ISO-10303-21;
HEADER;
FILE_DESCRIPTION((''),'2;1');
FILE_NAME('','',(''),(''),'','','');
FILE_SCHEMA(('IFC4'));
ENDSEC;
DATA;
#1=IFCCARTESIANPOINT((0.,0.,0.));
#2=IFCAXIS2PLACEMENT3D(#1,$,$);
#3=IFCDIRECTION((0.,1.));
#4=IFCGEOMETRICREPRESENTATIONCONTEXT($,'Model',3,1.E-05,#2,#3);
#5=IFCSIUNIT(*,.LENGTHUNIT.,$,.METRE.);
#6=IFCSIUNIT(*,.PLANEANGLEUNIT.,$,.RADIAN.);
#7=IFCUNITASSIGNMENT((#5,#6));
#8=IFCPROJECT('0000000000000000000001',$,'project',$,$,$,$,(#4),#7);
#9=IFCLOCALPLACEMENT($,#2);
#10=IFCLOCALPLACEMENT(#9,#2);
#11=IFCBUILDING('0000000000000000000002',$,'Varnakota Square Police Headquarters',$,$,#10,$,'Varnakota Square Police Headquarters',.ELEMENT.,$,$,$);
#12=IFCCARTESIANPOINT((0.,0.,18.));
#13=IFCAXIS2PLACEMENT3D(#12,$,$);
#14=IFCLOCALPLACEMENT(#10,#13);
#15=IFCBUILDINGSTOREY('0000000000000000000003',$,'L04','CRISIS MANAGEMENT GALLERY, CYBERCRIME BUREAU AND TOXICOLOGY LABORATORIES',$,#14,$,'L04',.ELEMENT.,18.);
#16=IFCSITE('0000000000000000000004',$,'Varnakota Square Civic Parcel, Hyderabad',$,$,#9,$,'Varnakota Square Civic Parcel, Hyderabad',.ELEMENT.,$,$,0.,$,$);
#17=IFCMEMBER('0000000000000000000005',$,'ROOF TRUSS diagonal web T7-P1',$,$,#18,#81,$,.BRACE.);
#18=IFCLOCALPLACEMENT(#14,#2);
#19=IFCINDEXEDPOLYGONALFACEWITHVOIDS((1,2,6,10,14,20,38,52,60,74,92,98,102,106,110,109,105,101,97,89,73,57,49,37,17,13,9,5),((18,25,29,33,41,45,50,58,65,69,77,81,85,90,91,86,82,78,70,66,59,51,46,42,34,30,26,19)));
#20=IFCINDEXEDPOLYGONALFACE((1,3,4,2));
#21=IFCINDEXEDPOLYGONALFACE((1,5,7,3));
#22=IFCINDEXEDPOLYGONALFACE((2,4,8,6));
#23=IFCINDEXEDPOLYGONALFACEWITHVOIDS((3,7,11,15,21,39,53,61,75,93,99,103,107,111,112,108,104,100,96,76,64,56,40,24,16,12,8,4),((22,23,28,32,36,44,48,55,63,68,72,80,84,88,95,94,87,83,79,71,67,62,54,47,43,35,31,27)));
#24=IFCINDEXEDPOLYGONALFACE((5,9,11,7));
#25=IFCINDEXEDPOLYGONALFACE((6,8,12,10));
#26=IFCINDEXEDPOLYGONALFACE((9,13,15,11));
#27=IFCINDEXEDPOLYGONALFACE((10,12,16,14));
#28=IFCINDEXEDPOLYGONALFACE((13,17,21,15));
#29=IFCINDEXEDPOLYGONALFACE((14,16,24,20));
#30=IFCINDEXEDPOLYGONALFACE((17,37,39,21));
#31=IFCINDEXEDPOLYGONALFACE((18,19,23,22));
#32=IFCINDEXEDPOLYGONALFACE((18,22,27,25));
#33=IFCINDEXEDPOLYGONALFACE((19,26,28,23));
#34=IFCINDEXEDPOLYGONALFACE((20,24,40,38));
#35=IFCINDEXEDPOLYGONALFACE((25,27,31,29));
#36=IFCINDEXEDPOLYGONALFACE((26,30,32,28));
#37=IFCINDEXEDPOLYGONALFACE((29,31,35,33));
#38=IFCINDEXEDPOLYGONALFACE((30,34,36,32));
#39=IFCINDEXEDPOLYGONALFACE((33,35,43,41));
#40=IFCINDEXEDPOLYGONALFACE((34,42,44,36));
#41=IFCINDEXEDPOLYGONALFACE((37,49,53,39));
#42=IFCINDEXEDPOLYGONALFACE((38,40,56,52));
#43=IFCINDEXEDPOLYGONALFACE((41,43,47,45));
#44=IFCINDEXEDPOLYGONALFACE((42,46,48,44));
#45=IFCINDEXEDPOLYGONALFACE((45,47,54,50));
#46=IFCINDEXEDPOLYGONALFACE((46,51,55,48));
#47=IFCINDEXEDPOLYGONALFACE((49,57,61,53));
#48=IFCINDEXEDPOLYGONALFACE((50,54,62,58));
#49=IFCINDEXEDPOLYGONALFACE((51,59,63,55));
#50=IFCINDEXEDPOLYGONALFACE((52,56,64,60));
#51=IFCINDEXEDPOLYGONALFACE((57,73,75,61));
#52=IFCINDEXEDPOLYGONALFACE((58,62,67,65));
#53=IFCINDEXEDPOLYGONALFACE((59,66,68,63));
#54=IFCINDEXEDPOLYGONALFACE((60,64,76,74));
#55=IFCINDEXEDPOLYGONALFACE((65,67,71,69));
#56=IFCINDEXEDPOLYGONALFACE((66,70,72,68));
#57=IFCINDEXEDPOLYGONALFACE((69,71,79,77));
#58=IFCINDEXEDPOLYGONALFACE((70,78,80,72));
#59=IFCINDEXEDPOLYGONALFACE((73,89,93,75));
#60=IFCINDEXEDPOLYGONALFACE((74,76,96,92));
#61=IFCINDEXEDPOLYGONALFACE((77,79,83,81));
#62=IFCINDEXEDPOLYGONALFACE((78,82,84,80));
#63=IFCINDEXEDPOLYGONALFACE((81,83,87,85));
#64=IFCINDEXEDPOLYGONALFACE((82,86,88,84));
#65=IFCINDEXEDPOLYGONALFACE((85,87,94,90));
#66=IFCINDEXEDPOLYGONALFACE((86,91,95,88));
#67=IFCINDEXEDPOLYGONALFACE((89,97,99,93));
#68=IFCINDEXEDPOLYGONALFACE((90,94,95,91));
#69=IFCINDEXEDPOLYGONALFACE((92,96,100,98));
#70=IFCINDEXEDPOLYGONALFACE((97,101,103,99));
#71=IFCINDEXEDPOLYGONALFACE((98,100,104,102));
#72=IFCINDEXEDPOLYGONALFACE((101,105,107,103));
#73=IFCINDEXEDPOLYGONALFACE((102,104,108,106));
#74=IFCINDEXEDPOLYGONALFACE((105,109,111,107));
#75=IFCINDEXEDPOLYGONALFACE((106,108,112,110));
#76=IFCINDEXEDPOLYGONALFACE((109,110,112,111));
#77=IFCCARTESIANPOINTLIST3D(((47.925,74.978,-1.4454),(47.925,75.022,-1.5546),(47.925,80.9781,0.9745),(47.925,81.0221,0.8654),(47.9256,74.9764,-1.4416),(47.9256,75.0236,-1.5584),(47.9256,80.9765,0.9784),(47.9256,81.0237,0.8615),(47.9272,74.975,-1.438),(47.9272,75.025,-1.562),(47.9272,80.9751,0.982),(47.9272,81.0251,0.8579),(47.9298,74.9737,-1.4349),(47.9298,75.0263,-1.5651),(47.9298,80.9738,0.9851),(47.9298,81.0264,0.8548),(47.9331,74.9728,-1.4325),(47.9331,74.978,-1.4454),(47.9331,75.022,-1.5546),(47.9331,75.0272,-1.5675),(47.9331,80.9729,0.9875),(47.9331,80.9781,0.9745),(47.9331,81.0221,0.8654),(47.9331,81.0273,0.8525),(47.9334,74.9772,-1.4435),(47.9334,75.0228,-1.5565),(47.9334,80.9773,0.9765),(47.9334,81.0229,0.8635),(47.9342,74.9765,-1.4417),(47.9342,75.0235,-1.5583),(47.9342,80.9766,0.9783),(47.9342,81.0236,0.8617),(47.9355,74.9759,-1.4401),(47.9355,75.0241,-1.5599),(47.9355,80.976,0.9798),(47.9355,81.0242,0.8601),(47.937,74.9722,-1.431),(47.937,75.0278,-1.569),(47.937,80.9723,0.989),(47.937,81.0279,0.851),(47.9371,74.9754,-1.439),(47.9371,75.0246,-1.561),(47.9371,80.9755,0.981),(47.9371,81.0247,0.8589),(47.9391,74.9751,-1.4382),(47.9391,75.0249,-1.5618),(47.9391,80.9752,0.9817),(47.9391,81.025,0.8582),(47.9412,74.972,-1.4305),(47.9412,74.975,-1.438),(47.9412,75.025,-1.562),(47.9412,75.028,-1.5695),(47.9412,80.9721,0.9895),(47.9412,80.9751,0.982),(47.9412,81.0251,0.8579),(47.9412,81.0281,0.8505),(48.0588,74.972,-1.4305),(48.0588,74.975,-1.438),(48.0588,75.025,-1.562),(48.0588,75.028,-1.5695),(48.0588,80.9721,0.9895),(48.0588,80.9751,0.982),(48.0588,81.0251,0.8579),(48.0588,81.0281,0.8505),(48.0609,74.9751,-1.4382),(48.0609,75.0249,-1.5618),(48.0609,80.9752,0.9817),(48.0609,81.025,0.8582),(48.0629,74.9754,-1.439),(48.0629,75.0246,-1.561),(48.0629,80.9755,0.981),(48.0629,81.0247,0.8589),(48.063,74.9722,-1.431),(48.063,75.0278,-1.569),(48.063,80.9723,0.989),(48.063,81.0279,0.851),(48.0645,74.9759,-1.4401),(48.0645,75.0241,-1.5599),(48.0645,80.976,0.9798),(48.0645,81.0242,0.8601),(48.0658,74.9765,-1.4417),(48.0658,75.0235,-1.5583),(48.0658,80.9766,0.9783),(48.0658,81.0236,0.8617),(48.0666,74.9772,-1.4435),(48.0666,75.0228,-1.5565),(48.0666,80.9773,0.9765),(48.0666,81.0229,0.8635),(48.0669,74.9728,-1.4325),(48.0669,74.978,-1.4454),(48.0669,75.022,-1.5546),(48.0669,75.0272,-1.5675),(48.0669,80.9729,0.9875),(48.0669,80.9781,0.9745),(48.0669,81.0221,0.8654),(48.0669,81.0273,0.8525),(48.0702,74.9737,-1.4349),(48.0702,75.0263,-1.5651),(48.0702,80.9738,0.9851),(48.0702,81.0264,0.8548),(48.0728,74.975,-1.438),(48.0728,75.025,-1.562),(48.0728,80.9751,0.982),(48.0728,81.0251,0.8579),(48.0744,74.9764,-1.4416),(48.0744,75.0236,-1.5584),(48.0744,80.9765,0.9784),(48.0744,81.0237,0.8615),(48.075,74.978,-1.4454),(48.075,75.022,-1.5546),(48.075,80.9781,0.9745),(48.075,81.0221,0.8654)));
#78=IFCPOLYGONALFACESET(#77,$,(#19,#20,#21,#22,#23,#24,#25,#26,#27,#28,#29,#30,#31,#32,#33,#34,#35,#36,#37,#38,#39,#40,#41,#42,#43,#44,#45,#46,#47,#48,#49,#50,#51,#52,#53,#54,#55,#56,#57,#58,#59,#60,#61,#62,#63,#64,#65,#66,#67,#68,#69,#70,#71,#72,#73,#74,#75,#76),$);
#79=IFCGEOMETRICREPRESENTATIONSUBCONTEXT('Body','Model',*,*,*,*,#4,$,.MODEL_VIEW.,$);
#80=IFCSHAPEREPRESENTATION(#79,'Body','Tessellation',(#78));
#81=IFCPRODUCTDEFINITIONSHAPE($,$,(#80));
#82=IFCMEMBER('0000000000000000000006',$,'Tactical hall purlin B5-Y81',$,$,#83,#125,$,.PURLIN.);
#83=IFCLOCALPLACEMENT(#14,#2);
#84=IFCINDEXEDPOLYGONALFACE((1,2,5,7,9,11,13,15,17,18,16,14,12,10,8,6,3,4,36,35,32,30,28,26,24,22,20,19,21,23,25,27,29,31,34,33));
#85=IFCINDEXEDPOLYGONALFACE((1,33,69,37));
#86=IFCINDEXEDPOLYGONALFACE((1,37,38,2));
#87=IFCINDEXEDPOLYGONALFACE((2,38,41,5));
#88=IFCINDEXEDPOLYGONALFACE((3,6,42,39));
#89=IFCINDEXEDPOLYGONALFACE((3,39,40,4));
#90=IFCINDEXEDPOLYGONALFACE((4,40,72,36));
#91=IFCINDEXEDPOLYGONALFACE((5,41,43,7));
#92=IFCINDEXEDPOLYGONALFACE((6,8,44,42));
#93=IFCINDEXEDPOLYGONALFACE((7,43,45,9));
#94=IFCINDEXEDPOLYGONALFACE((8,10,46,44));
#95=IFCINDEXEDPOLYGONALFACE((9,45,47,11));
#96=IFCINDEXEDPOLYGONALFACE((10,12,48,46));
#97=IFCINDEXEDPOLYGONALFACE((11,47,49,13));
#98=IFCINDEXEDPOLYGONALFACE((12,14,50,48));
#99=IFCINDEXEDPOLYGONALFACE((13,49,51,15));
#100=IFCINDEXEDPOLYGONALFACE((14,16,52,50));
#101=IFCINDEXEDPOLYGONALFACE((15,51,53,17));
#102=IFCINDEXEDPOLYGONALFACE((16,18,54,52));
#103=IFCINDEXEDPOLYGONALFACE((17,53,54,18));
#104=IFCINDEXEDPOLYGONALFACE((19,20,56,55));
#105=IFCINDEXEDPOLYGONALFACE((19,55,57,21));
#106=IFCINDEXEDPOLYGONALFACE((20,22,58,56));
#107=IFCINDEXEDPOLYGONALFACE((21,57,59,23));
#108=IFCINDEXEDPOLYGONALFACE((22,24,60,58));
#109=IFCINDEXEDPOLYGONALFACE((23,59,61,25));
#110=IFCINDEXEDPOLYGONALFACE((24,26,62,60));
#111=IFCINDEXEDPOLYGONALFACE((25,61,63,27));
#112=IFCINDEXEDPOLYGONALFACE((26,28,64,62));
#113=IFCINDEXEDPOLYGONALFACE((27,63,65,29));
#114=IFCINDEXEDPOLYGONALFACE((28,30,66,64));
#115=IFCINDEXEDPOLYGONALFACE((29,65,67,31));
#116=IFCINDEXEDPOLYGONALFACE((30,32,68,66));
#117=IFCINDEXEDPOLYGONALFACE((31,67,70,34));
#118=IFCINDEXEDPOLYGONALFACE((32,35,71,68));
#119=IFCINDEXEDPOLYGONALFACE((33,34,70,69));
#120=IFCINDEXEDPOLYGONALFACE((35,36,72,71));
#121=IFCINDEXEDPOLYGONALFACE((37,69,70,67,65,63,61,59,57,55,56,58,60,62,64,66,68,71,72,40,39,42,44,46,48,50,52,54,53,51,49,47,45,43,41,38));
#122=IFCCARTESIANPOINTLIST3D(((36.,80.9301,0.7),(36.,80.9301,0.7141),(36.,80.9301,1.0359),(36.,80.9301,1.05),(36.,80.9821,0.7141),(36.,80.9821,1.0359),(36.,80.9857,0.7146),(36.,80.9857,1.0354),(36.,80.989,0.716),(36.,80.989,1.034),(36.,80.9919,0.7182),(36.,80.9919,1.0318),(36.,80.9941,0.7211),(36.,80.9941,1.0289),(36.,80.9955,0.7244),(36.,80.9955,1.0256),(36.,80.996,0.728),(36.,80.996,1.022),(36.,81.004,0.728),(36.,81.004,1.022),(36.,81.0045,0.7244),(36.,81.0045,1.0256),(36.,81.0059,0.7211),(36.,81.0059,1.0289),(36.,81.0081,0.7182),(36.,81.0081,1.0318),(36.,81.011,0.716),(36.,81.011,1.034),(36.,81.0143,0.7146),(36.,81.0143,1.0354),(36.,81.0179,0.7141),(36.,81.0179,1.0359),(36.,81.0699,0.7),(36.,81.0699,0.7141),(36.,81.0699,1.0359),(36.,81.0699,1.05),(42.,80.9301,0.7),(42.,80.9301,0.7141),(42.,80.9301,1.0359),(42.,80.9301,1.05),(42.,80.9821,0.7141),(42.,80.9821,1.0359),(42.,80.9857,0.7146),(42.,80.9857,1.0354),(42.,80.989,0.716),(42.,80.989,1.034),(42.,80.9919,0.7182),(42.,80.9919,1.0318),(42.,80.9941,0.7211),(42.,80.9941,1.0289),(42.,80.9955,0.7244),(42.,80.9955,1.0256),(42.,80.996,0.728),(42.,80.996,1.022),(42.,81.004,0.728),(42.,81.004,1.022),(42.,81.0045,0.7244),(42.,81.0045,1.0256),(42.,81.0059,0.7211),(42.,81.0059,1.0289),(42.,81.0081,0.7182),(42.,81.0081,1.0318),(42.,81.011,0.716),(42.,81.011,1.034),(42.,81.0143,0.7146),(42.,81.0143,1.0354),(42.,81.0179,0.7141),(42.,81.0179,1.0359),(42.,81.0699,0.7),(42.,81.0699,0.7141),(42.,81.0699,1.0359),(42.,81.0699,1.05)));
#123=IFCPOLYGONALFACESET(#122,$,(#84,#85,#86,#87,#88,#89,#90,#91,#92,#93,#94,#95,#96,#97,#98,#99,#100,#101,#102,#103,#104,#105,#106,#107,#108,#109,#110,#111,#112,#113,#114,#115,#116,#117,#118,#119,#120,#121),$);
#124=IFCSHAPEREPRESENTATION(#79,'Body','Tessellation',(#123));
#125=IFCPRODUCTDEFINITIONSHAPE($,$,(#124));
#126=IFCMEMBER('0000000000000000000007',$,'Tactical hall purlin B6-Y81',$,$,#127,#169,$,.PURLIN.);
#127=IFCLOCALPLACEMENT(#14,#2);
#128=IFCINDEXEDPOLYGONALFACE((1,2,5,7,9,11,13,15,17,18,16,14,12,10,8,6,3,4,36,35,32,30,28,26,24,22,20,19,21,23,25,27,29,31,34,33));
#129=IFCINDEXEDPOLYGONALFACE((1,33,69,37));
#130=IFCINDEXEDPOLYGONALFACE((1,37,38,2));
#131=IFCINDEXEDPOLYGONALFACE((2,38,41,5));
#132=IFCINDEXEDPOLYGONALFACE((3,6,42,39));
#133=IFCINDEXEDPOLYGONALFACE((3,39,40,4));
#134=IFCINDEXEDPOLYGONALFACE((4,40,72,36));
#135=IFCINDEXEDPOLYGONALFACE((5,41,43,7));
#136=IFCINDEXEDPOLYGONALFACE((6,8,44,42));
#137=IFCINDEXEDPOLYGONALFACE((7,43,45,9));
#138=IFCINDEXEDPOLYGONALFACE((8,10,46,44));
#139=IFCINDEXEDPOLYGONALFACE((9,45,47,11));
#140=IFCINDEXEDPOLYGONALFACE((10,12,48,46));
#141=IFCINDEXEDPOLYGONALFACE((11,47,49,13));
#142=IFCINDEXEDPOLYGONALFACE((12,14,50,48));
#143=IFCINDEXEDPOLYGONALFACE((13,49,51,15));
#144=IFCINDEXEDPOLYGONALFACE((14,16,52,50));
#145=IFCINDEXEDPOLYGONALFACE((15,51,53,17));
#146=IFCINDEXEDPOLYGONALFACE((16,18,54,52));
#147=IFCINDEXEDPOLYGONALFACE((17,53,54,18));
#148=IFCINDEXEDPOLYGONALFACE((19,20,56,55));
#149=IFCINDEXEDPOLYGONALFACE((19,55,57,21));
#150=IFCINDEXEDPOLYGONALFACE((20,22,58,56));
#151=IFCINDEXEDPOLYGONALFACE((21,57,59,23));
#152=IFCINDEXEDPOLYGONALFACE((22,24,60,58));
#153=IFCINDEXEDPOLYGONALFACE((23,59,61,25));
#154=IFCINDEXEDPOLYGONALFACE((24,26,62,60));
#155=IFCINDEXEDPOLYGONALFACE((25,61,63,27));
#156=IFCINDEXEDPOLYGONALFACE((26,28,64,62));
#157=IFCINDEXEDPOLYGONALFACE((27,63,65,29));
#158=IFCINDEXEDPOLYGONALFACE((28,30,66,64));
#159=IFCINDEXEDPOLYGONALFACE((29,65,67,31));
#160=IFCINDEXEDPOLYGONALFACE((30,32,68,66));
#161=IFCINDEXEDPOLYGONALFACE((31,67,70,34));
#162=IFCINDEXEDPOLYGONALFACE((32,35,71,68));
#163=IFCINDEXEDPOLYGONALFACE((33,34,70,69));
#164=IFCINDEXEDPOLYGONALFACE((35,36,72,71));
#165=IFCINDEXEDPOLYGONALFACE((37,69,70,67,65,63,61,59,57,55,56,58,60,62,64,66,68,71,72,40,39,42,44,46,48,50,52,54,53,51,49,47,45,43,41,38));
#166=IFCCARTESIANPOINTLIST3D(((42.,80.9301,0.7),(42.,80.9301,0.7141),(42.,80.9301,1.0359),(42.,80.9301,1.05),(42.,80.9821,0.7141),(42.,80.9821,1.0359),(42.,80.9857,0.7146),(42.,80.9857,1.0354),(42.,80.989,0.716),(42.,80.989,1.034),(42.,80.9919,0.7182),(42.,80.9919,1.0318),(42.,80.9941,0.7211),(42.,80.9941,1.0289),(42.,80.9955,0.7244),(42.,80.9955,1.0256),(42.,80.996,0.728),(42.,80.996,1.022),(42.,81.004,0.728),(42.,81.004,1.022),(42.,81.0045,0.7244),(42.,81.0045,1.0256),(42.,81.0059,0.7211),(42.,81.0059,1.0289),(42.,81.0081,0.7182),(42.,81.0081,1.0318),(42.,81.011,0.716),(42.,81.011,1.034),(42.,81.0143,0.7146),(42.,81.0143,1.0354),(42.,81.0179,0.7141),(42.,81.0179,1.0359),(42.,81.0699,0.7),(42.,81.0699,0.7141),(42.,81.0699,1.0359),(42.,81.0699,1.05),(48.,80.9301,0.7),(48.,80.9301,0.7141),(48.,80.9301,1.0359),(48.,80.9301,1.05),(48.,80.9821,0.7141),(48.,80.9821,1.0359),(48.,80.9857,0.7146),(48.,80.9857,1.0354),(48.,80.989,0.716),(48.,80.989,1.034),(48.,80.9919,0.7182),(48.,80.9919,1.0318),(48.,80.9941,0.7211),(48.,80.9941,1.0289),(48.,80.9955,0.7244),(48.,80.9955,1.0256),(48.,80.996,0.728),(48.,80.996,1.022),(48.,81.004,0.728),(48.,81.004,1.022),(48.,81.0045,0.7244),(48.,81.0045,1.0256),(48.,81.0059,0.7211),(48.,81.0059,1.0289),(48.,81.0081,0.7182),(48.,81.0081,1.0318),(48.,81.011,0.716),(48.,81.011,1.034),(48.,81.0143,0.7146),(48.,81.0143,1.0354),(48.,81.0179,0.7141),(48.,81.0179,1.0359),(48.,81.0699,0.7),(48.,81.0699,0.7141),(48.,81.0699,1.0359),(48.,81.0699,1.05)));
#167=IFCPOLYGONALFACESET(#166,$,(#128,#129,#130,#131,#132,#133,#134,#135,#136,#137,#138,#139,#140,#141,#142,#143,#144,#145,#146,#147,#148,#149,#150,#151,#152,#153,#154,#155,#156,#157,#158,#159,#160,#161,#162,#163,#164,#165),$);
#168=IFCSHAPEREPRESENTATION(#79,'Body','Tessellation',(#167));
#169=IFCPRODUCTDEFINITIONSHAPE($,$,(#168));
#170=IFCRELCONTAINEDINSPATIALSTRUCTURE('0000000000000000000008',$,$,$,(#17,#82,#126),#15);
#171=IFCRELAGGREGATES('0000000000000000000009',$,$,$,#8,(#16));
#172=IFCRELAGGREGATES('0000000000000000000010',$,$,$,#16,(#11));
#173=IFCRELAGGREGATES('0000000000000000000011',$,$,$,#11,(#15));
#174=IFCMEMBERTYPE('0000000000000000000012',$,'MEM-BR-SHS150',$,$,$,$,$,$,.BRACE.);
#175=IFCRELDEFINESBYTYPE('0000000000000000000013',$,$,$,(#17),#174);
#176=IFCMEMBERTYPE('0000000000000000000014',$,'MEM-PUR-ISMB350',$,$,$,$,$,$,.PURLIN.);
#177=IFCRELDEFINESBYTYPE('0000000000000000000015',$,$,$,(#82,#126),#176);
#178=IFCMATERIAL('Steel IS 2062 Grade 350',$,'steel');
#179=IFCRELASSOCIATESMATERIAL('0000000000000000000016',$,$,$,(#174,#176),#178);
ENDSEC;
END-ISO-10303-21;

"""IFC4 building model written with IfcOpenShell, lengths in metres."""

from ifc_helpers import new_model, si_unit, direction, frame, origin, origin_2d, place, context, subcontext, project, spatial, hollow_rectangle, i_section, extrude, material, material_profile, profile_set, type_object, element, save


model = new_model("IFC4")

# Units and contexts
model_context = context("Model", 3, precision=1e-05, world=origin(), true_north=direction((0.0, 1.0)))
body_context = subcontext(model_context, "Body", "Model", "MODEL_VIEW")
ifc_project = project(units=[si_unit("LENGTHUNIT", "METRE"), si_unit("PLANEANGLEUNIT", "RADIAN")], contexts=[model_context])

# Site, building, storey
site_placement = place(None, origin())
site = spatial("IfcSite", under=ifc_project, at=site_placement, Name="Varnakota Square Civic Parcel, Hyderabad", LongName="Varnakota Square Civic Parcel, Hyderabad", CompositionType="ELEMENT", RefElevation=0.0)
building_placement = place(site_placement, origin())
building = spatial("IfcBuilding", under=site, at=building_placement, Name="Varnakota Square Police Headquarters", LongName="Varnakota Square Police Headquarters", CompositionType="ELEMENT")
storey_placement = place(building_placement, frame((0.0, 0.0, 18.0)))
storey = spatial("IfcBuildingStorey", under=building, at=storey_placement, Name="L04", Description="CRISIS MANAGEMENT GALLERY, CYBERCRIME BUREAU AND TOXICOLOGY LABORATORIES", LongName="L04", CompositionType="ELEMENT", Elevation=18.0)

# Shared definitions
ifc_material_1 = material(Name="Steel IS 2062 Grade 350", Category="steel")

# Members
ifc_material_profile_1 = material_profile(ifc_material_1, hollow_rectangle(XDim=0.1499, YDim=0.1499, WallThickness=0.0081, InnerFilletRadius=0.0081, OuterFilletRadius=0.0161, at=origin_2d()), Name="SHS 150x150x8")
ifc_profile_set_1 = profile_set([ifc_material_profile_1], Name="Steel IS 2062 Grade 350")
member_type_1 = type_object("IfcMemberType", Name="MEM-BR-SHS150", PredefinedType="BRACE", material=ifc_profile_set_1)
member_1_placement = place(storey_placement, frame((48.0, 75.0, -1.5), z_axis=(0.0, 0.927411, 0.374044), x_axis=(-1.0, 0.0, 0.0)))
element("IfcMember", 1, at=member_1_placement, inside=storey, type_object=member_type_1, Name="ROOF TRUSS diagonal web T7-P1", PredefinedType="BRACE", context=body_context, shape_type="SweptSolid", body=[
    extrude(hollow_rectangle(XDim=0.1499, YDim=0.1499, WallThickness=0.0081, InnerFilletRadius=0.0081, OuterFilletRadius=0.0161, at=origin_2d()), origin(), (0.0, 0.0, 1.0), 6.4697),
])
ifc_material_profile_2 = material_profile(ifc_material_1, i_section(OverallWidth=0.1399, OverallDepth=0.3501, WebThickness=0.0081, FlangeThickness=0.0142, FilletRadius=0.0139, at=origin_2d()), Name="ISMB 350")
ifc_profile_set_2 = profile_set([ifc_material_profile_2], Name="Steel IS 2062 Grade 350")
member_type_2 = type_object("IfcMemberType", Name="MEM-PUR-ISMB350", PredefinedType="PURLIN", material=ifc_profile_set_2)
for number, where, z_axis, x_axis, name in (
    (2, (36.0, 81.0, 0.875), (1.0, 0.0, 0.0), (0.0, 1.0, 0.0), "Tactical hall purlin B5-Y81"),
    (3, (42.0, 81.0, 0.875), (1.0, 0.0, 0.0), (0.0, 1.0, 0.0), "Tactical hall purlin B6-Y81"),
):
    element("IfcMember", number, at=place(storey_placement, frame(where, z_axis=z_axis, x_axis=x_axis)), inside=storey, type_object=member_type_2, Name=name, PredefinedType="PURLIN", context=body_context, shape_type="SweptSolid", body=[
        extrude(i_section(OverallWidth=0.1399, OverallDepth=0.3501, WebThickness=0.0081, FlangeThickness=0.0142, FilletRadius=0.0139, at=origin_2d()), origin(), (0.0, 0.0, 1.0), 6.0),
    ])

save(model, "model.ifc")
